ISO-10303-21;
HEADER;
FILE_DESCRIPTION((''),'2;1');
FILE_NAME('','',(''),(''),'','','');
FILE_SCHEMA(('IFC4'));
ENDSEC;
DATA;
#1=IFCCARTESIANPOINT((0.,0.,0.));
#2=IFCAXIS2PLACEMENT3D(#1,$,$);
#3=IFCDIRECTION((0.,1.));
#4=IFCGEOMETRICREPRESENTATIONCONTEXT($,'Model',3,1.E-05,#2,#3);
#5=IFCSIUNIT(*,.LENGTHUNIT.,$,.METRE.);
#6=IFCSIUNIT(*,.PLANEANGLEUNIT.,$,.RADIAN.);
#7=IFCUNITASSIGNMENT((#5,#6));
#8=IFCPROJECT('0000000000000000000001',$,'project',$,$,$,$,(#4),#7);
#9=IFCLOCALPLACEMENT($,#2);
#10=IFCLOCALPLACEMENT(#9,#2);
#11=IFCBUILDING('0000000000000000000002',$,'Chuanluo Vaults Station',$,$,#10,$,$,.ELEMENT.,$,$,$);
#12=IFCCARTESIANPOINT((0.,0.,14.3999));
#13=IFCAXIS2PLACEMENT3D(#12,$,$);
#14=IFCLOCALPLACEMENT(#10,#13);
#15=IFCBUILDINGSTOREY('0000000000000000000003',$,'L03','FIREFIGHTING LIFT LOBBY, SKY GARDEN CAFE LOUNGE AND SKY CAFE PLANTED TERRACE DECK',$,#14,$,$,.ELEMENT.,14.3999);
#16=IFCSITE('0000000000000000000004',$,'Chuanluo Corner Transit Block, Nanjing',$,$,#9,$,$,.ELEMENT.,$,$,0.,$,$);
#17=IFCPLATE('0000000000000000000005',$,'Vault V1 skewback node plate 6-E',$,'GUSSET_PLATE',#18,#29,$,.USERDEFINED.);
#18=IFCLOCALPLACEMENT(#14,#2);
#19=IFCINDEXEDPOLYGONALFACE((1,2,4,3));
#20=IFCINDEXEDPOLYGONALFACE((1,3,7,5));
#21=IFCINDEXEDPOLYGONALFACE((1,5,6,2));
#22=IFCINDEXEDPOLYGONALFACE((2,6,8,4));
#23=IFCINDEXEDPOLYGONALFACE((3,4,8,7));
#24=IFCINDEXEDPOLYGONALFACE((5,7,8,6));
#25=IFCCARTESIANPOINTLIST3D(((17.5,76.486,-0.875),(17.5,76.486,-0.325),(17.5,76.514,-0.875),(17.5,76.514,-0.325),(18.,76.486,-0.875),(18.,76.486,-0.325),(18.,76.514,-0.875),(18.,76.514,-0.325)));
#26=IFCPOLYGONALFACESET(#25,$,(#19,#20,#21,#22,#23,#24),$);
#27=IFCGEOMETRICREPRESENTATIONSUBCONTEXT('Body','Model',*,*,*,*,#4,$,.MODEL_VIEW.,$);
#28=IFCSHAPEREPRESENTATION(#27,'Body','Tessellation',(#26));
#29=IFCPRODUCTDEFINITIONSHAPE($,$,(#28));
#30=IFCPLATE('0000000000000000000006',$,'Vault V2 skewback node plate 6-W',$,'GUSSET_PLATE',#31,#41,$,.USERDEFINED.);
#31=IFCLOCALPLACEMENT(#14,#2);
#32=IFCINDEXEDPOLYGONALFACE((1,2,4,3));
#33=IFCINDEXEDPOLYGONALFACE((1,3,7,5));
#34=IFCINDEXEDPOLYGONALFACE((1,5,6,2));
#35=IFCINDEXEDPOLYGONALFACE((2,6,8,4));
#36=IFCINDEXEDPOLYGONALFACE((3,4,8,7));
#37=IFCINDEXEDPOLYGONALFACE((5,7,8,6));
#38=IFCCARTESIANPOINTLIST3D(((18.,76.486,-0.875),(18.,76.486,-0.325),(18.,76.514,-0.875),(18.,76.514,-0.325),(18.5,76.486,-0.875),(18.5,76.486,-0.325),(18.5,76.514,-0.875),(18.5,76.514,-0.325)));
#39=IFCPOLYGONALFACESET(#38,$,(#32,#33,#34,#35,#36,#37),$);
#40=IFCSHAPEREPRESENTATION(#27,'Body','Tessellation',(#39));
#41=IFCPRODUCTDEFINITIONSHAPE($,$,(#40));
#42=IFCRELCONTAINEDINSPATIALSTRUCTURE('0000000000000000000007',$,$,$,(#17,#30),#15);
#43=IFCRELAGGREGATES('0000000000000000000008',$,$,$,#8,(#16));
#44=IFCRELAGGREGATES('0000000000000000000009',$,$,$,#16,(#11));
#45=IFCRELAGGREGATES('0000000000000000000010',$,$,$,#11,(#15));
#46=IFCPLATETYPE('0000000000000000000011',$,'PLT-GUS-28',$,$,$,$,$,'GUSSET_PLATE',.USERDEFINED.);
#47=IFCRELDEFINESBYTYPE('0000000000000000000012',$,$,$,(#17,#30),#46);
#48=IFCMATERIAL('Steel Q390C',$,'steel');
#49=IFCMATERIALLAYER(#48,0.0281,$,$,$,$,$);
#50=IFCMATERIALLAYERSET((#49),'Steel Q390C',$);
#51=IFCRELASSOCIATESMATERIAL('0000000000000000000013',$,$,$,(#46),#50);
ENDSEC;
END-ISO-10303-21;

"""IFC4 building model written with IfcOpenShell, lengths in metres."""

from ifc_helpers import new_model, si_unit, direction, frame, origin, origin_2d, place, context, subcontext, project, spatial, rectangle, extrude, material, layer, layer_set, type_object, element, save


model = new_model("IFC4")

# Units and contexts
model_context = context("Model", 3, precision=1e-05, world=origin(), true_north=direction((0.0, 1.0)))
body_context = subcontext(model_context, "Body", "Model", "MODEL_VIEW")
ifc_project = project(units=[si_unit("LENGTHUNIT", "METRE"), si_unit("PLANEANGLEUNIT", "RADIAN")], contexts=[model_context])

# Site, building, storey
site_placement = place(None, origin())
site = spatial("IfcSite", under=ifc_project, at=site_placement, Name="Chuanluo Corner Transit Block, Nanjing", CompositionType="ELEMENT", RefElevation=0.0)
building_placement = place(site_placement, origin())
building = spatial("IfcBuilding", under=site, at=building_placement, Name="Chuanluo Vaults Station", CompositionType="ELEMENT")
storey_placement = place(building_placement, frame((0.0, 0.0, 14.3999)))
storey = spatial("IfcBuildingStorey", under=building, at=storey_placement, Name="L03", Description="FIREFIGHTING LIFT LOBBY, SKY GARDEN CAFE LOUNGE AND SKY CAFE PLANTED TERRACE DECK", CompositionType="ELEMENT", Elevation=14.3999)

# Plates
ifc_material_1 = material(Name="Steel Q390C", Category="steel")
ifc_layer = layer(ifc_material_1, 0.0281)
ifc_layer_set = layer_set([ifc_layer], Name="Steel Q390C")
plate_type = type_object("IfcPlateType", Name="PLT-GUS-28", ElementType="GUSSET_PLATE", PredefinedType="USERDEFINED", material=ifc_layer_set)
for number, where, z_axis, x_axis, name in (
    (1, (17.75, 76.5, -0.875), (0.0, 0.0, 1.0), (1.0, 0.0, 0.0), "Vault V1 skewback node plate 6-E"),
    (2, (18.25, 76.5, -0.875), (0.0, 0.0, 1.0), (1.0, 0.0, 0.0), "Vault V2 skewback node plate 6-W"),
):
    element("IfcPlate", number, at=place(storey_placement, frame(where, z_axis=z_axis, x_axis=x_axis)), inside=storey, type_object=plate_type, Name=name, ObjectType="GUSSET_PLATE", PredefinedType="USERDEFINED", context=body_context, shape_type="SweptSolid", body=[
        extrude(rectangle(XDim=0.5, YDim=0.0281, at=origin_2d()), origin(), (0.0, 0.0, 1.0), 0.55),
    ])

save(model, "model.ifc")
